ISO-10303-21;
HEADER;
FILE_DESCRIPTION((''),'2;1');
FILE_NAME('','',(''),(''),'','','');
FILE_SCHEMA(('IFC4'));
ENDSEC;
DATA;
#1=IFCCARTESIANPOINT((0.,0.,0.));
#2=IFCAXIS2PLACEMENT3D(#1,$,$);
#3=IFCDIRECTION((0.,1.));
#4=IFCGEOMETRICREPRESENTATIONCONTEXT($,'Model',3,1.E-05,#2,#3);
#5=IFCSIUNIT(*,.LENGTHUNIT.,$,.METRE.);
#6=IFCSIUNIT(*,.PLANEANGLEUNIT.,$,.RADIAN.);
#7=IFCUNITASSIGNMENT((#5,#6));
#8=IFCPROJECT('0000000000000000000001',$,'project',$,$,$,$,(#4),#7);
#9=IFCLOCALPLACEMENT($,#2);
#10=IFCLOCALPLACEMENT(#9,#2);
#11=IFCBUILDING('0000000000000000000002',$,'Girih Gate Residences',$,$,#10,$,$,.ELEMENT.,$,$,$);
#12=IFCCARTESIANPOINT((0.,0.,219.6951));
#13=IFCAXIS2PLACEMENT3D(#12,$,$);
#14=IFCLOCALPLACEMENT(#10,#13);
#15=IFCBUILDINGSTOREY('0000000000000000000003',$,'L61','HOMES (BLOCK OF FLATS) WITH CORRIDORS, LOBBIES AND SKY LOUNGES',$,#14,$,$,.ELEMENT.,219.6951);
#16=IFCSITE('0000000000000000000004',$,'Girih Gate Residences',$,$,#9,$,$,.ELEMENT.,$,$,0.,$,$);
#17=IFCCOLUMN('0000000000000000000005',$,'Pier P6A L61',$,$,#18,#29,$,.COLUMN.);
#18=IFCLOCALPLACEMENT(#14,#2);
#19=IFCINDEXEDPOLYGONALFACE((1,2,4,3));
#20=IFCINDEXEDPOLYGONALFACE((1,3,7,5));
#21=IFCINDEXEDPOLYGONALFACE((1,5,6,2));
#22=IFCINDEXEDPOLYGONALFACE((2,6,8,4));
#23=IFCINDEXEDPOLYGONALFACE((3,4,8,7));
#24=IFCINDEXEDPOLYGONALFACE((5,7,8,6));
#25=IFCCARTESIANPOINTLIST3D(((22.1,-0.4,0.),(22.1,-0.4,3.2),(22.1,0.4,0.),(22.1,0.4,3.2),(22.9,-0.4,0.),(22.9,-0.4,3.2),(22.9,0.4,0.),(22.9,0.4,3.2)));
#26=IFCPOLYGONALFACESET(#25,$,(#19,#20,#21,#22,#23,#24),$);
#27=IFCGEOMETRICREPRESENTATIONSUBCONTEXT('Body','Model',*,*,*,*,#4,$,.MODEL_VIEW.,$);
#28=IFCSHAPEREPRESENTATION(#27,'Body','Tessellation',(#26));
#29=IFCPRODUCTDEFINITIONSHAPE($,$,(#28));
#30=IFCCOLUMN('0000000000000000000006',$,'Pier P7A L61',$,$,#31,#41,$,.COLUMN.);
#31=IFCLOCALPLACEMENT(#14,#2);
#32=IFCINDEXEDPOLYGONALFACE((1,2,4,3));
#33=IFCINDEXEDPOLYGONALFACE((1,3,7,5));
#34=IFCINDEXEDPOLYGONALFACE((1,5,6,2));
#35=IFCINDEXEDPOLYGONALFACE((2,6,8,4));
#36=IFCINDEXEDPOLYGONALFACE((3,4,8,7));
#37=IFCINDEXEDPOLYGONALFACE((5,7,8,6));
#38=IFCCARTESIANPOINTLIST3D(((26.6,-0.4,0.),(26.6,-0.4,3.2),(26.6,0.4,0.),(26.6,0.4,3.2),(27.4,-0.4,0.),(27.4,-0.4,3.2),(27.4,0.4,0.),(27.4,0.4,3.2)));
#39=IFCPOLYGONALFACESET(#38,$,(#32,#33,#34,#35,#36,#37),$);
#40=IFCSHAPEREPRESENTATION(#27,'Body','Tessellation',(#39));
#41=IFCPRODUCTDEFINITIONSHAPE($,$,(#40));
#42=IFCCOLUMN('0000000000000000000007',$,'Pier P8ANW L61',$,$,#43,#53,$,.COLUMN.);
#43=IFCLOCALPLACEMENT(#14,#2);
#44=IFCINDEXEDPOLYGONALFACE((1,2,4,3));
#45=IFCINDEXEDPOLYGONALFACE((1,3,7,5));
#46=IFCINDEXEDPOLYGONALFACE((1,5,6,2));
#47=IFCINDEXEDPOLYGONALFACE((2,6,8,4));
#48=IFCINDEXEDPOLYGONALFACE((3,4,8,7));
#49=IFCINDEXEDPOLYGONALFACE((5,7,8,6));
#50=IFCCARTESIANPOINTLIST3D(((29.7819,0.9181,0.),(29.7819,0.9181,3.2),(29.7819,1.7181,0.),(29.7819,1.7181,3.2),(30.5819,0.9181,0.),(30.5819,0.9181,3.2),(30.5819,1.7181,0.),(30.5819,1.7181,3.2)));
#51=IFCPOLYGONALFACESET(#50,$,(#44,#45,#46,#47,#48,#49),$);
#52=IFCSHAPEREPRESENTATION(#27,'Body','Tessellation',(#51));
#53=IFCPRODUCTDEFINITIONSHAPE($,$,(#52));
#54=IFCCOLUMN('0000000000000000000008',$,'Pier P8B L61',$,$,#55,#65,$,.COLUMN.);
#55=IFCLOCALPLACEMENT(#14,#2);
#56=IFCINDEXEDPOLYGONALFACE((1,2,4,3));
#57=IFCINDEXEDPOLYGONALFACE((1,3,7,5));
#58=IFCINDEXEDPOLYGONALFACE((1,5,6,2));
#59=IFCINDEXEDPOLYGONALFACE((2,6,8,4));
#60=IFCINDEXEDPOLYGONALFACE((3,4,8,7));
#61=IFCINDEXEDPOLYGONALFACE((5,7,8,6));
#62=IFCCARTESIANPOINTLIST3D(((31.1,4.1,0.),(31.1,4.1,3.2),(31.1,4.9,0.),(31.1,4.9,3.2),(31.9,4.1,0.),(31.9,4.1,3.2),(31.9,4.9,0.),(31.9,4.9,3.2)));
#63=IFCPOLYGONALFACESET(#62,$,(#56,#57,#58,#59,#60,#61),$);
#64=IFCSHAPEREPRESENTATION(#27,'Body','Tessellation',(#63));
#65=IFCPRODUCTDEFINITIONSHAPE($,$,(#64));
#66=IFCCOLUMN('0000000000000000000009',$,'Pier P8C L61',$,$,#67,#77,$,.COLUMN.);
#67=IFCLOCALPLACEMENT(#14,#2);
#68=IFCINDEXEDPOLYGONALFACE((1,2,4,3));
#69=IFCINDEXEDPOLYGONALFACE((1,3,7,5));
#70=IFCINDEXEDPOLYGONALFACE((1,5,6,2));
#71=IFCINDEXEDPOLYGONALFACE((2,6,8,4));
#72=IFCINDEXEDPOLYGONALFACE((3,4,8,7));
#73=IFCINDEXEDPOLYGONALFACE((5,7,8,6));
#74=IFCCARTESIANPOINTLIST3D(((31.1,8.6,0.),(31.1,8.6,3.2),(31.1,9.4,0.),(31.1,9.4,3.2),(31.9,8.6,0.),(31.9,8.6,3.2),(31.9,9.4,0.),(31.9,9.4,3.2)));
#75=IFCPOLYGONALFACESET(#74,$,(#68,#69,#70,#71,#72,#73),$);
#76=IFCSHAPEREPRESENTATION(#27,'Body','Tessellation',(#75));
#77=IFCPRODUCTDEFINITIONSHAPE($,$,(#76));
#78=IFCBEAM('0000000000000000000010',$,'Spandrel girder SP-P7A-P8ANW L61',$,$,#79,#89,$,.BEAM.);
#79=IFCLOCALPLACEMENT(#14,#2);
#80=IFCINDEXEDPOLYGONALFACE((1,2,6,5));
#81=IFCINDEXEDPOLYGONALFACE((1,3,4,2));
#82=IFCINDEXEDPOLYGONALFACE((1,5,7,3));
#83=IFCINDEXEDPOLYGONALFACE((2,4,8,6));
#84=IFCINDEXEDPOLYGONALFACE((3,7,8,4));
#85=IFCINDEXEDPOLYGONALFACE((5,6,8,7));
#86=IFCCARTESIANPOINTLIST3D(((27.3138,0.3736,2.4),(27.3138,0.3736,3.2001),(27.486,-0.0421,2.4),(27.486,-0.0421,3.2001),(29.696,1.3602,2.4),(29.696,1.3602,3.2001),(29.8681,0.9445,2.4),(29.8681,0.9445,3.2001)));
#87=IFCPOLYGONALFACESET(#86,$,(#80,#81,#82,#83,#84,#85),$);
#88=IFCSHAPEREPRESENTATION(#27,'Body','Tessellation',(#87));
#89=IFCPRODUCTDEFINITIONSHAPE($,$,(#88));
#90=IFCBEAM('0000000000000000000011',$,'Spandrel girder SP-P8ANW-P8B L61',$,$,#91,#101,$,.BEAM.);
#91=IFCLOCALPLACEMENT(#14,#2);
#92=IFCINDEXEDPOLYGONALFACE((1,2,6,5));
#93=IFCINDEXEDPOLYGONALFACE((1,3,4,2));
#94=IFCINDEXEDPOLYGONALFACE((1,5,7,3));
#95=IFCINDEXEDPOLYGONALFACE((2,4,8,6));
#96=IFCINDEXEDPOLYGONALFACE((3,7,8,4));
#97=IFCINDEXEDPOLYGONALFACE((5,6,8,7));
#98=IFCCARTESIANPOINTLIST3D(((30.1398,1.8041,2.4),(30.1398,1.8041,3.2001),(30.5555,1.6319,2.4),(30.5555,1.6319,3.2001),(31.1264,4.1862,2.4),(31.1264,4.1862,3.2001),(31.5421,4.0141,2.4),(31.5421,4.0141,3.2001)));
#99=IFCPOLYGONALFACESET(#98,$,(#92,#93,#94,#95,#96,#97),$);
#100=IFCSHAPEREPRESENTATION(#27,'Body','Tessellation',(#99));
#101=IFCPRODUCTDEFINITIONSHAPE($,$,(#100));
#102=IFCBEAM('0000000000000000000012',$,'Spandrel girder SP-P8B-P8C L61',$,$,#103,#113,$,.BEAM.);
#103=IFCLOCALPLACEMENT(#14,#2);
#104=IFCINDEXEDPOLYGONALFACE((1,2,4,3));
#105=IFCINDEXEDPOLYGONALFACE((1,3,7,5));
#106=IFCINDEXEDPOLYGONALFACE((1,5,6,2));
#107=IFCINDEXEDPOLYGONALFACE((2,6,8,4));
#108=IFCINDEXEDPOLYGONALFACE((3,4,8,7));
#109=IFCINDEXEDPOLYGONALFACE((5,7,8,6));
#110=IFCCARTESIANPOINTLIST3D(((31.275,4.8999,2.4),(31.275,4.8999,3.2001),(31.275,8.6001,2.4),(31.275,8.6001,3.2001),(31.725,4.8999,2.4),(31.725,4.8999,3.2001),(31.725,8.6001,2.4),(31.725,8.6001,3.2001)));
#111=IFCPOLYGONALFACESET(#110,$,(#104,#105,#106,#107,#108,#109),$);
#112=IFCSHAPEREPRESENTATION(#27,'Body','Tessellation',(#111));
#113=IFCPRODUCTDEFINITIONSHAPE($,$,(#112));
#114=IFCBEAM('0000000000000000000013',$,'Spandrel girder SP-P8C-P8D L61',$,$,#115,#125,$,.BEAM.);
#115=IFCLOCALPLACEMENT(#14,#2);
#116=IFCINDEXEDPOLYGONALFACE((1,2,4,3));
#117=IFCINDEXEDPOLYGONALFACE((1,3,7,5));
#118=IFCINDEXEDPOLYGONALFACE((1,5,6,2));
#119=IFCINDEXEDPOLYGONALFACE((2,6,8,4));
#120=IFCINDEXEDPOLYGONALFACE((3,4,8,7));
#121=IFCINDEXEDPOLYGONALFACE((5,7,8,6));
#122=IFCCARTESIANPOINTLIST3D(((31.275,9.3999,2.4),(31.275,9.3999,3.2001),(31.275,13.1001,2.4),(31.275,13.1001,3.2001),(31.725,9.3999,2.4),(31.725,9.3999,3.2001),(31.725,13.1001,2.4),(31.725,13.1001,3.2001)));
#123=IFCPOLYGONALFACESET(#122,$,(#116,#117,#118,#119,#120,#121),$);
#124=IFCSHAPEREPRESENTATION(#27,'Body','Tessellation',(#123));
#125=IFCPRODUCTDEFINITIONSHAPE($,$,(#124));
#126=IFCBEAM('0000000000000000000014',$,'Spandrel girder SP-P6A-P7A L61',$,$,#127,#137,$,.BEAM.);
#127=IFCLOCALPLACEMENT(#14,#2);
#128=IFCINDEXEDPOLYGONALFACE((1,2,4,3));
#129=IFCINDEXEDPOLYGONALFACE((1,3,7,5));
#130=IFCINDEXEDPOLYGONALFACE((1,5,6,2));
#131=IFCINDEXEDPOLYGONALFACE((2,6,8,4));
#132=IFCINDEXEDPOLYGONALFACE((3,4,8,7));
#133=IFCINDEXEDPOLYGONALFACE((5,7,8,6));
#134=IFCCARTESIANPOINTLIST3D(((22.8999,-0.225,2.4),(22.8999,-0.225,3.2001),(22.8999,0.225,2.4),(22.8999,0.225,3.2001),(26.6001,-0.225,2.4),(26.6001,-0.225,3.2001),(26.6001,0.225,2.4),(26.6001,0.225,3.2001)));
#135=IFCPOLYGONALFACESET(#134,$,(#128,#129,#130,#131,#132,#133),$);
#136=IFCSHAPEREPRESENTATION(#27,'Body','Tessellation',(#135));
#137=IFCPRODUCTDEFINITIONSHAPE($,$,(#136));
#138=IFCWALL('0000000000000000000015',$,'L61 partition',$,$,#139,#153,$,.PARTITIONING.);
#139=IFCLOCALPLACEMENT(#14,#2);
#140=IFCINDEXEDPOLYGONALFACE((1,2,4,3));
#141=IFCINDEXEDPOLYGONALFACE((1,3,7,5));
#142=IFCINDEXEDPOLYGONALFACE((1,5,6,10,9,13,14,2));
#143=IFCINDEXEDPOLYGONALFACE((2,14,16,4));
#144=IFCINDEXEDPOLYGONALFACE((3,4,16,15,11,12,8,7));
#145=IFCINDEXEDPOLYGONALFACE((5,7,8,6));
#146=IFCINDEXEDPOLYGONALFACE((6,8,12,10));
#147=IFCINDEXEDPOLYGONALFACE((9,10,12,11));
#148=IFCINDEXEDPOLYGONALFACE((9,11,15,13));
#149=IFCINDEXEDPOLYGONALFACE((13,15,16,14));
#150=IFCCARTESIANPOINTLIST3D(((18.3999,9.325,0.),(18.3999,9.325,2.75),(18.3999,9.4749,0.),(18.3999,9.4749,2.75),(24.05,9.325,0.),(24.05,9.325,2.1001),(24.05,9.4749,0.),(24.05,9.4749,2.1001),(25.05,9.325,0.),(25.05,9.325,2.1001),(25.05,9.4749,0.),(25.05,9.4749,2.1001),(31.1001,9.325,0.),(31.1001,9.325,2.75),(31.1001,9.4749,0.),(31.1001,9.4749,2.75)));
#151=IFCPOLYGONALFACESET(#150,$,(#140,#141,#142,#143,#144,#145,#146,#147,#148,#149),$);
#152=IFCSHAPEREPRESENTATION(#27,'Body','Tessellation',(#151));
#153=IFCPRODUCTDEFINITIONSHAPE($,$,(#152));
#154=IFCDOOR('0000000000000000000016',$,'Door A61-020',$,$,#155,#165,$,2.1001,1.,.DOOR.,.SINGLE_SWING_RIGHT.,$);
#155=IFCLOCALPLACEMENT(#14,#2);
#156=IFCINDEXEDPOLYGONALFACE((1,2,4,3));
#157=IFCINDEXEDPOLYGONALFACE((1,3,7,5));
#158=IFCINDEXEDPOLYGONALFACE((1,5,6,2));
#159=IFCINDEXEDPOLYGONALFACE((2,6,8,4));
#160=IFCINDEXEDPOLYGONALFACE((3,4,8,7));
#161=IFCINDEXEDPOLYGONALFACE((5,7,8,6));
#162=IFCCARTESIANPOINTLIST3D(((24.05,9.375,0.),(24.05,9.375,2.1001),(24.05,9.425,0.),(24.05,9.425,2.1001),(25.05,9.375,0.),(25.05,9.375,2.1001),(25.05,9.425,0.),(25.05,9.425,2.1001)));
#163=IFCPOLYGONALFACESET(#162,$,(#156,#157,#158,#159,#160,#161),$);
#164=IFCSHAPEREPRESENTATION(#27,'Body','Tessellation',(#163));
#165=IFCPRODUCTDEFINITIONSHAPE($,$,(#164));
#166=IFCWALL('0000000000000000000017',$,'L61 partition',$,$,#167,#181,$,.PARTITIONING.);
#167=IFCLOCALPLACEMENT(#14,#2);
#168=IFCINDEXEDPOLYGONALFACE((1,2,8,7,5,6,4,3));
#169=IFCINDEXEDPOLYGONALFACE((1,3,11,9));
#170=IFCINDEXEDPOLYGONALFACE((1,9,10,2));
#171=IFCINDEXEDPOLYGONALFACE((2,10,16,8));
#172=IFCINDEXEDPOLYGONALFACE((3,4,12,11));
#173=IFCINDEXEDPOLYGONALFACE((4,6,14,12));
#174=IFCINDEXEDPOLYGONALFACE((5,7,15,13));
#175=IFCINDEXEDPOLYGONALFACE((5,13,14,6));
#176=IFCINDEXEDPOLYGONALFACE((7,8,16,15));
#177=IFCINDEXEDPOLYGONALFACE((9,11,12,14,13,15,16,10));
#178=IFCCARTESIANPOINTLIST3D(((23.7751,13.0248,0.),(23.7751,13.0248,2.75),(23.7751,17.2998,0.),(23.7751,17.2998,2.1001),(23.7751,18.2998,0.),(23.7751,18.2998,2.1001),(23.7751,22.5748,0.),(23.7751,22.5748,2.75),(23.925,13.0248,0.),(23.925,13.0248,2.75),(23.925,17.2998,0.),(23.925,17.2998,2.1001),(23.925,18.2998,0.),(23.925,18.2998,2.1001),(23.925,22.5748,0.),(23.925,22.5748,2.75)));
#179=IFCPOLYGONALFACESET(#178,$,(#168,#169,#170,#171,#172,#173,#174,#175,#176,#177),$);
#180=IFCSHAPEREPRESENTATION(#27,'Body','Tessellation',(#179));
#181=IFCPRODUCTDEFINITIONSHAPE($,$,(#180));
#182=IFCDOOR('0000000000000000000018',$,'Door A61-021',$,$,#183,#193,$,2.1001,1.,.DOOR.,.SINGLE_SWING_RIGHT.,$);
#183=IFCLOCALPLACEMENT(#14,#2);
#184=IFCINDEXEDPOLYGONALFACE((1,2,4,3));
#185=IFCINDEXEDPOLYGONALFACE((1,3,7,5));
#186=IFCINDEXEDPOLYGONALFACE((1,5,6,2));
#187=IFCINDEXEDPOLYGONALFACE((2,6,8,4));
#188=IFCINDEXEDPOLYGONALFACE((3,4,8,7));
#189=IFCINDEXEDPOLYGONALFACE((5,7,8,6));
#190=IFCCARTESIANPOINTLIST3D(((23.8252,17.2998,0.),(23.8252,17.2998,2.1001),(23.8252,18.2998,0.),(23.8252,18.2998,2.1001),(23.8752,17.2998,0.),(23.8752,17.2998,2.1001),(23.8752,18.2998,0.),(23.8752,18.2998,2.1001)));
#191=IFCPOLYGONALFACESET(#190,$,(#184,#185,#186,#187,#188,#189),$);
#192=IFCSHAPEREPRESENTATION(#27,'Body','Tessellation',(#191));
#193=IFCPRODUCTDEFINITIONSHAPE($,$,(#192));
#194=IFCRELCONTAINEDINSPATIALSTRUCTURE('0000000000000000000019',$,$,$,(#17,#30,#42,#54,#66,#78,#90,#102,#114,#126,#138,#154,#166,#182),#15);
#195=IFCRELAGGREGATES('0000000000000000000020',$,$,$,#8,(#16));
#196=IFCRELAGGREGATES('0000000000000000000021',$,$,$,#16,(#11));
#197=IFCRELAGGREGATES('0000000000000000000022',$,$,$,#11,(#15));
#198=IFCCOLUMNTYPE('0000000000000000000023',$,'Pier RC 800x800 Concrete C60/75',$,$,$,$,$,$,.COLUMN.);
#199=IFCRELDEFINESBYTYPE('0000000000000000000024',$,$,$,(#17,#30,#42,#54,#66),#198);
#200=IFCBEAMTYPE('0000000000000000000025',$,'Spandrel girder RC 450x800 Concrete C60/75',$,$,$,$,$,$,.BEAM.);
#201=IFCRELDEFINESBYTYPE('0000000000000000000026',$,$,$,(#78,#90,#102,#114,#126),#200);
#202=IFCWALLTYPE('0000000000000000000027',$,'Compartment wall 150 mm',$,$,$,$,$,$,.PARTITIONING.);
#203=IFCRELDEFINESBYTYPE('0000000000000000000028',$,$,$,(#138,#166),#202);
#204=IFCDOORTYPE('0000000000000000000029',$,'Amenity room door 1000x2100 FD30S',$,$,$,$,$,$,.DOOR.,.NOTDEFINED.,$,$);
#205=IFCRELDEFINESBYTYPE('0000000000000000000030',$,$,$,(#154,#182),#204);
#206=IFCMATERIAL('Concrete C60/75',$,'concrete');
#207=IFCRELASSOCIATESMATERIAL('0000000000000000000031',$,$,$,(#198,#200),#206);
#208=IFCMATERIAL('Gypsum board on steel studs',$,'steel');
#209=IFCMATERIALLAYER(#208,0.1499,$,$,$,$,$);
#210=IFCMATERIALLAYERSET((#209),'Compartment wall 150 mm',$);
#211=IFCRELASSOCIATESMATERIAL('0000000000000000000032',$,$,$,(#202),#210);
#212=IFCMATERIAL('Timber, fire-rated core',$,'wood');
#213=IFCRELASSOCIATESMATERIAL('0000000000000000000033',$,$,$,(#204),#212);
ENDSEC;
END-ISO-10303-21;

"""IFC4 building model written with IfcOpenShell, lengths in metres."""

from ifc_helpers import new_model, si_unit, direction, frame, frame_2d, origin, origin_2d, place, context, subcontext, project, spatial, rectangle, extrude, material, layer, layer_set, material_profile, profile_set, type_object, element, fill, save


model = new_model("IFC4")

# Units and contexts
model_context = context("Model", 3, precision=1e-05, world=origin(), true_north=direction((0.0, 1.0)))
body_context = subcontext(model_context, "Body", "Model", "MODEL_VIEW")
ifc_project = project(units=[si_unit("LENGTHUNIT", "METRE"), si_unit("PLANEANGLEUNIT", "RADIAN")], contexts=[model_context])

# Site, building, storey
site_placement = place(None, origin())
site = spatial("IfcSite", under=ifc_project, at=site_placement, Name="Girih Gate Residences", CompositionType="ELEMENT", RefElevation=0.0)
building_placement = place(site_placement, origin())
building = spatial("IfcBuilding", under=site, at=building_placement, Name="Girih Gate Residences", CompositionType="ELEMENT")
storey_placement = place(building_placement, frame((0.0, 0.0, 219.6951)))
storey = spatial("IfcBuildingStorey", under=building, at=storey_placement, Name="L61", Description="HOMES (BLOCK OF FLATS) WITH CORRIDORS, LOBBIES AND SKY LOUNGES", CompositionType="ELEMENT", Elevation=219.6951)

# Columns
ifc_material_1 = material(Name="Concrete C60/75", Category="concrete")
ifc_material_profile_1 = material_profile(ifc_material_1, rectangle(XDim=0.8, YDim=0.8, at=origin_2d()))
ifc_profile_set_1 = profile_set([ifc_material_profile_1], Name="Concrete C60/75")
column_type = type_object("IfcColumnType", Name="Pier RC 800x800 Concrete C60/75", PredefinedType="COLUMN", material=ifc_profile_set_1)
for number, where, z_axis, x_axis, name in (
    (1, (22.5, 0.0, 0.0), (0.0, 0.0, 1.0), (1.0, 0.0, 0.0), "Pier P6A L61"),
    (2, (27.0, 0.0, 0.0), (0.0, 0.0, 1.0), (1.0, 0.0, 0.0), "Pier P7A L61"),
    (3, (30.1819, 1.3181, 0.0), (0.0, 0.0, 1.0), (1.0, 0.0, 0.0), "Pier P8ANW L61"),
    (4, (31.5, 4.5, 0.0), (0.0, 0.0, 1.0), (1.0, 0.0, 0.0), "Pier P8B L61"),
    (5, (31.5, 9.0, 0.0), (0.0, 0.0, 1.0), (1.0, 0.0, 0.0), "Pier P8C L61"),
):
    element("IfcColumn", number, at=place(storey_placement, frame(where, z_axis=z_axis, x_axis=x_axis)), inside=storey, type_object=column_type, Name=name, PredefinedType="COLUMN", context=body_context, shape_type="SweptSolid", body=[
        extrude(rectangle(XDim=0.8, YDim=0.8, at=origin_2d()), origin(), (0.0, 0.0, 1.0), 3.2),
    ])

# Beams
ifc_material_profile_2 = material_profile(ifc_material_1, rectangle(XDim=0.45, YDim=0.8, at=origin_2d()))
ifc_profile_set_2 = profile_set([ifc_material_profile_2], Name="Concrete C60/75")
beam_type = type_object("IfcBeamType", Name="Spandrel girder RC 450x800 Concrete C60/75", PredefinedType="BEAM", material=ifc_profile_set_2)
for number, where, z_axis, x_axis, name in (
    (6, (27.3999, 0.1658, 2.8), (0.923896, 0.382644, 0.0), (-0.382644, 0.923896, 0.0), "Spandrel girder SP-P7A-P8ANW L61"),
    (7, (30.3477, 1.718, 2.8), (0.382644, 0.923896, 0.0), (-0.923896, 0.382644, 0.0), "Spandrel girder SP-P8ANW-P8B L61"),
):
    element("IfcBeam", number, at=place(storey_placement, frame(where, z_axis=z_axis, x_axis=x_axis)), inside=storey, type_object=beam_type, Name=name, PredefinedType="BEAM", context=body_context, shape_type="SweptSolid", body=[
        extrude(rectangle(XDim=0.45, YDim=0.8, at=origin_2d()), origin(), (0.0, 0.0, 1.0), 2.5784),
    ])
for number, where, z_axis, x_axis, name in (
    (8, (31.5, 4.8999, 2.8), (0.0, 1.0, 0.0), (-1.0, 0.0, 0.0), "Spandrel girder SP-P8B-P8C L61"),
    (9, (31.5, 9.3999, 2.8), (0.0, 1.0, 0.0), (-1.0, 0.0, 0.0), "Spandrel girder SP-P8C-P8D L61"),
    (10, (22.8999, 0.0, 2.8), (1.0, 0.0, 0.0), (0.0, 1.0, 0.0), "Spandrel girder SP-P6A-P7A L61"),
):
    element("IfcBeam", number, at=place(storey_placement, frame(where, z_axis=z_axis, x_axis=x_axis)), inside=storey, type_object=beam_type, Name=name, PredefinedType="BEAM", context=body_context, shape_type="SweptSolid", body=[
        extrude(rectangle(XDim=0.45, YDim=0.8, at=origin_2d()), origin(), (0.0, 0.0, 1.0), 3.7002),
    ])

# Walls, openings, doors
ifc_material_2 = material(Name="Gypsum board on steel studs", Category="steel")
ifc_layer_1 = layer(ifc_material_2, 0.1499)
ifc_layer_set_1 = layer_set([ifc_layer_1], Name="Compartment wall 150 mm")
wall_type_1 = type_object("IfcWallType", Name="Compartment wall 150 mm", PredefinedType="PARTITIONING", material=ifc_layer_set_1)
wall_1_placement = place(storey_placement, frame((31.1001, 9.3999, 0.0), z_axis=(0.0, 0.0, 1.0), x_axis=(-1.0, 0.0, 0.0)))
wall_1 = element("IfcWall", 11, at=wall_1_placement, inside=storey, type_object=wall_type_1, Name="L61 partition", PredefinedType="PARTITIONING", context=body_context, shape_type="SweptSolid", body=[
    extrude(rectangle(XDim=12.7002, YDim=0.1499, at=frame_2d((6.3501, 0.0))), origin(), (0.0, 0.0, 1.0), 2.75),
])
opening_1_placement = place(wall_1_placement, frame((6.05, 0.0, 0.0)))
opening_1 = element("IfcOpeningElement", 12, at=opening_1_placement, cuts=wall_1, PredefinedType="OPENING", context=body_context, shape_type="SweptSolid", body=[
    extrude(rectangle(XDim=1.0, YDim=2.1001, at=frame_2d((0.5, 1.05))), frame((0.0, 0.085, 0.0), z_axis=(0.0, -1.0, 0.0), x_axis=(1.0, 0.0, 0.0)), (0.0, 0.0, 1.0), 0.1699),
])
ifc_material_3 = material(Name="Timber, fire-rated core", Category="wood")
door_type = type_object("IfcDoorType", Name="Amenity room door 1000x2100 FD30S", OperationType="NOTDEFINED", PredefinedType="DOOR", material=ifc_material_3)
door_1_placement = place(opening_1_placement, origin())
door_1 = element("IfcDoor", 13, at=door_1_placement, inside=storey, type_object=door_type, Name="Door A61-020", OperationType="SINGLE_SWING_RIGHT", OverallHeight=2.1001, OverallWidth=1.0, PredefinedType="DOOR", context=body_context, shape_type="SweptSolid", body=[
    extrude(rectangle(XDim=1.0, YDim=2.1001, at=frame_2d((0.5, 1.05))), frame((0.0, 0.0249, 0.0), z_axis=(0.0, -1.0, 0.0), x_axis=(1.0, 0.0, 0.0)), (0.0, 0.0, 1.0), 0.05),
])
fill(opening_1, door_1)
wall_2_placement = place(storey_placement, frame((23.8501, 13.0249, 0.0), z_axis=(0.0, 0.0, 1.0), x_axis=(0.0, 1.0, 0.0)))
wall_2 = element("IfcWall", 14, at=wall_2_placement, inside=storey, type_object=wall_type_1, Name="L61 partition", PredefinedType="PARTITIONING", context=body_context, shape_type="SweptSolid", body=[
    extrude(rectangle(XDim=9.55, YDim=0.1499, at=frame_2d((4.7749, 0.0))), origin(), (0.0, 0.0, 1.0), 2.75),
])
opening_2_placement = place(wall_2_placement, frame((4.2749, 0.0, 0.0)))
opening_2 = element("IfcOpeningElement", 15, at=opening_2_placement, cuts=wall_2, PredefinedType="OPENING", context=body_context, shape_type="SweptSolid", body=[
    extrude(rectangle(XDim=1.0, YDim=2.1001, at=frame_2d((0.5, 1.05))), frame((0.0, 0.085, 0.0), z_axis=(0.0, -1.0, 0.0), x_axis=(1.0, 0.0, 0.0)), (0.0, 0.0, 1.0), 0.1699),
])
door_2_placement = place(opening_2_placement, origin())
door_2 = element("IfcDoor", 16, at=door_2_placement, inside=storey, type_object=door_type, Name="Door A61-021", OperationType="SINGLE_SWING_RIGHT", OverallHeight=2.1001, OverallWidth=1.0, PredefinedType="DOOR", context=body_context, shape_type="SweptSolid", body=[
    extrude(rectangle(XDim=1.0, YDim=2.1001, at=frame_2d((0.5, 1.05))), frame((0.0, 0.0249, 0.0), z_axis=(0.0, -1.0, 0.0), x_axis=(1.0, 0.0, 0.0)), (0.0, 0.0, 1.0), 0.05),
])
fill(opening_2, door_2)

save(model, "model.ifc")
